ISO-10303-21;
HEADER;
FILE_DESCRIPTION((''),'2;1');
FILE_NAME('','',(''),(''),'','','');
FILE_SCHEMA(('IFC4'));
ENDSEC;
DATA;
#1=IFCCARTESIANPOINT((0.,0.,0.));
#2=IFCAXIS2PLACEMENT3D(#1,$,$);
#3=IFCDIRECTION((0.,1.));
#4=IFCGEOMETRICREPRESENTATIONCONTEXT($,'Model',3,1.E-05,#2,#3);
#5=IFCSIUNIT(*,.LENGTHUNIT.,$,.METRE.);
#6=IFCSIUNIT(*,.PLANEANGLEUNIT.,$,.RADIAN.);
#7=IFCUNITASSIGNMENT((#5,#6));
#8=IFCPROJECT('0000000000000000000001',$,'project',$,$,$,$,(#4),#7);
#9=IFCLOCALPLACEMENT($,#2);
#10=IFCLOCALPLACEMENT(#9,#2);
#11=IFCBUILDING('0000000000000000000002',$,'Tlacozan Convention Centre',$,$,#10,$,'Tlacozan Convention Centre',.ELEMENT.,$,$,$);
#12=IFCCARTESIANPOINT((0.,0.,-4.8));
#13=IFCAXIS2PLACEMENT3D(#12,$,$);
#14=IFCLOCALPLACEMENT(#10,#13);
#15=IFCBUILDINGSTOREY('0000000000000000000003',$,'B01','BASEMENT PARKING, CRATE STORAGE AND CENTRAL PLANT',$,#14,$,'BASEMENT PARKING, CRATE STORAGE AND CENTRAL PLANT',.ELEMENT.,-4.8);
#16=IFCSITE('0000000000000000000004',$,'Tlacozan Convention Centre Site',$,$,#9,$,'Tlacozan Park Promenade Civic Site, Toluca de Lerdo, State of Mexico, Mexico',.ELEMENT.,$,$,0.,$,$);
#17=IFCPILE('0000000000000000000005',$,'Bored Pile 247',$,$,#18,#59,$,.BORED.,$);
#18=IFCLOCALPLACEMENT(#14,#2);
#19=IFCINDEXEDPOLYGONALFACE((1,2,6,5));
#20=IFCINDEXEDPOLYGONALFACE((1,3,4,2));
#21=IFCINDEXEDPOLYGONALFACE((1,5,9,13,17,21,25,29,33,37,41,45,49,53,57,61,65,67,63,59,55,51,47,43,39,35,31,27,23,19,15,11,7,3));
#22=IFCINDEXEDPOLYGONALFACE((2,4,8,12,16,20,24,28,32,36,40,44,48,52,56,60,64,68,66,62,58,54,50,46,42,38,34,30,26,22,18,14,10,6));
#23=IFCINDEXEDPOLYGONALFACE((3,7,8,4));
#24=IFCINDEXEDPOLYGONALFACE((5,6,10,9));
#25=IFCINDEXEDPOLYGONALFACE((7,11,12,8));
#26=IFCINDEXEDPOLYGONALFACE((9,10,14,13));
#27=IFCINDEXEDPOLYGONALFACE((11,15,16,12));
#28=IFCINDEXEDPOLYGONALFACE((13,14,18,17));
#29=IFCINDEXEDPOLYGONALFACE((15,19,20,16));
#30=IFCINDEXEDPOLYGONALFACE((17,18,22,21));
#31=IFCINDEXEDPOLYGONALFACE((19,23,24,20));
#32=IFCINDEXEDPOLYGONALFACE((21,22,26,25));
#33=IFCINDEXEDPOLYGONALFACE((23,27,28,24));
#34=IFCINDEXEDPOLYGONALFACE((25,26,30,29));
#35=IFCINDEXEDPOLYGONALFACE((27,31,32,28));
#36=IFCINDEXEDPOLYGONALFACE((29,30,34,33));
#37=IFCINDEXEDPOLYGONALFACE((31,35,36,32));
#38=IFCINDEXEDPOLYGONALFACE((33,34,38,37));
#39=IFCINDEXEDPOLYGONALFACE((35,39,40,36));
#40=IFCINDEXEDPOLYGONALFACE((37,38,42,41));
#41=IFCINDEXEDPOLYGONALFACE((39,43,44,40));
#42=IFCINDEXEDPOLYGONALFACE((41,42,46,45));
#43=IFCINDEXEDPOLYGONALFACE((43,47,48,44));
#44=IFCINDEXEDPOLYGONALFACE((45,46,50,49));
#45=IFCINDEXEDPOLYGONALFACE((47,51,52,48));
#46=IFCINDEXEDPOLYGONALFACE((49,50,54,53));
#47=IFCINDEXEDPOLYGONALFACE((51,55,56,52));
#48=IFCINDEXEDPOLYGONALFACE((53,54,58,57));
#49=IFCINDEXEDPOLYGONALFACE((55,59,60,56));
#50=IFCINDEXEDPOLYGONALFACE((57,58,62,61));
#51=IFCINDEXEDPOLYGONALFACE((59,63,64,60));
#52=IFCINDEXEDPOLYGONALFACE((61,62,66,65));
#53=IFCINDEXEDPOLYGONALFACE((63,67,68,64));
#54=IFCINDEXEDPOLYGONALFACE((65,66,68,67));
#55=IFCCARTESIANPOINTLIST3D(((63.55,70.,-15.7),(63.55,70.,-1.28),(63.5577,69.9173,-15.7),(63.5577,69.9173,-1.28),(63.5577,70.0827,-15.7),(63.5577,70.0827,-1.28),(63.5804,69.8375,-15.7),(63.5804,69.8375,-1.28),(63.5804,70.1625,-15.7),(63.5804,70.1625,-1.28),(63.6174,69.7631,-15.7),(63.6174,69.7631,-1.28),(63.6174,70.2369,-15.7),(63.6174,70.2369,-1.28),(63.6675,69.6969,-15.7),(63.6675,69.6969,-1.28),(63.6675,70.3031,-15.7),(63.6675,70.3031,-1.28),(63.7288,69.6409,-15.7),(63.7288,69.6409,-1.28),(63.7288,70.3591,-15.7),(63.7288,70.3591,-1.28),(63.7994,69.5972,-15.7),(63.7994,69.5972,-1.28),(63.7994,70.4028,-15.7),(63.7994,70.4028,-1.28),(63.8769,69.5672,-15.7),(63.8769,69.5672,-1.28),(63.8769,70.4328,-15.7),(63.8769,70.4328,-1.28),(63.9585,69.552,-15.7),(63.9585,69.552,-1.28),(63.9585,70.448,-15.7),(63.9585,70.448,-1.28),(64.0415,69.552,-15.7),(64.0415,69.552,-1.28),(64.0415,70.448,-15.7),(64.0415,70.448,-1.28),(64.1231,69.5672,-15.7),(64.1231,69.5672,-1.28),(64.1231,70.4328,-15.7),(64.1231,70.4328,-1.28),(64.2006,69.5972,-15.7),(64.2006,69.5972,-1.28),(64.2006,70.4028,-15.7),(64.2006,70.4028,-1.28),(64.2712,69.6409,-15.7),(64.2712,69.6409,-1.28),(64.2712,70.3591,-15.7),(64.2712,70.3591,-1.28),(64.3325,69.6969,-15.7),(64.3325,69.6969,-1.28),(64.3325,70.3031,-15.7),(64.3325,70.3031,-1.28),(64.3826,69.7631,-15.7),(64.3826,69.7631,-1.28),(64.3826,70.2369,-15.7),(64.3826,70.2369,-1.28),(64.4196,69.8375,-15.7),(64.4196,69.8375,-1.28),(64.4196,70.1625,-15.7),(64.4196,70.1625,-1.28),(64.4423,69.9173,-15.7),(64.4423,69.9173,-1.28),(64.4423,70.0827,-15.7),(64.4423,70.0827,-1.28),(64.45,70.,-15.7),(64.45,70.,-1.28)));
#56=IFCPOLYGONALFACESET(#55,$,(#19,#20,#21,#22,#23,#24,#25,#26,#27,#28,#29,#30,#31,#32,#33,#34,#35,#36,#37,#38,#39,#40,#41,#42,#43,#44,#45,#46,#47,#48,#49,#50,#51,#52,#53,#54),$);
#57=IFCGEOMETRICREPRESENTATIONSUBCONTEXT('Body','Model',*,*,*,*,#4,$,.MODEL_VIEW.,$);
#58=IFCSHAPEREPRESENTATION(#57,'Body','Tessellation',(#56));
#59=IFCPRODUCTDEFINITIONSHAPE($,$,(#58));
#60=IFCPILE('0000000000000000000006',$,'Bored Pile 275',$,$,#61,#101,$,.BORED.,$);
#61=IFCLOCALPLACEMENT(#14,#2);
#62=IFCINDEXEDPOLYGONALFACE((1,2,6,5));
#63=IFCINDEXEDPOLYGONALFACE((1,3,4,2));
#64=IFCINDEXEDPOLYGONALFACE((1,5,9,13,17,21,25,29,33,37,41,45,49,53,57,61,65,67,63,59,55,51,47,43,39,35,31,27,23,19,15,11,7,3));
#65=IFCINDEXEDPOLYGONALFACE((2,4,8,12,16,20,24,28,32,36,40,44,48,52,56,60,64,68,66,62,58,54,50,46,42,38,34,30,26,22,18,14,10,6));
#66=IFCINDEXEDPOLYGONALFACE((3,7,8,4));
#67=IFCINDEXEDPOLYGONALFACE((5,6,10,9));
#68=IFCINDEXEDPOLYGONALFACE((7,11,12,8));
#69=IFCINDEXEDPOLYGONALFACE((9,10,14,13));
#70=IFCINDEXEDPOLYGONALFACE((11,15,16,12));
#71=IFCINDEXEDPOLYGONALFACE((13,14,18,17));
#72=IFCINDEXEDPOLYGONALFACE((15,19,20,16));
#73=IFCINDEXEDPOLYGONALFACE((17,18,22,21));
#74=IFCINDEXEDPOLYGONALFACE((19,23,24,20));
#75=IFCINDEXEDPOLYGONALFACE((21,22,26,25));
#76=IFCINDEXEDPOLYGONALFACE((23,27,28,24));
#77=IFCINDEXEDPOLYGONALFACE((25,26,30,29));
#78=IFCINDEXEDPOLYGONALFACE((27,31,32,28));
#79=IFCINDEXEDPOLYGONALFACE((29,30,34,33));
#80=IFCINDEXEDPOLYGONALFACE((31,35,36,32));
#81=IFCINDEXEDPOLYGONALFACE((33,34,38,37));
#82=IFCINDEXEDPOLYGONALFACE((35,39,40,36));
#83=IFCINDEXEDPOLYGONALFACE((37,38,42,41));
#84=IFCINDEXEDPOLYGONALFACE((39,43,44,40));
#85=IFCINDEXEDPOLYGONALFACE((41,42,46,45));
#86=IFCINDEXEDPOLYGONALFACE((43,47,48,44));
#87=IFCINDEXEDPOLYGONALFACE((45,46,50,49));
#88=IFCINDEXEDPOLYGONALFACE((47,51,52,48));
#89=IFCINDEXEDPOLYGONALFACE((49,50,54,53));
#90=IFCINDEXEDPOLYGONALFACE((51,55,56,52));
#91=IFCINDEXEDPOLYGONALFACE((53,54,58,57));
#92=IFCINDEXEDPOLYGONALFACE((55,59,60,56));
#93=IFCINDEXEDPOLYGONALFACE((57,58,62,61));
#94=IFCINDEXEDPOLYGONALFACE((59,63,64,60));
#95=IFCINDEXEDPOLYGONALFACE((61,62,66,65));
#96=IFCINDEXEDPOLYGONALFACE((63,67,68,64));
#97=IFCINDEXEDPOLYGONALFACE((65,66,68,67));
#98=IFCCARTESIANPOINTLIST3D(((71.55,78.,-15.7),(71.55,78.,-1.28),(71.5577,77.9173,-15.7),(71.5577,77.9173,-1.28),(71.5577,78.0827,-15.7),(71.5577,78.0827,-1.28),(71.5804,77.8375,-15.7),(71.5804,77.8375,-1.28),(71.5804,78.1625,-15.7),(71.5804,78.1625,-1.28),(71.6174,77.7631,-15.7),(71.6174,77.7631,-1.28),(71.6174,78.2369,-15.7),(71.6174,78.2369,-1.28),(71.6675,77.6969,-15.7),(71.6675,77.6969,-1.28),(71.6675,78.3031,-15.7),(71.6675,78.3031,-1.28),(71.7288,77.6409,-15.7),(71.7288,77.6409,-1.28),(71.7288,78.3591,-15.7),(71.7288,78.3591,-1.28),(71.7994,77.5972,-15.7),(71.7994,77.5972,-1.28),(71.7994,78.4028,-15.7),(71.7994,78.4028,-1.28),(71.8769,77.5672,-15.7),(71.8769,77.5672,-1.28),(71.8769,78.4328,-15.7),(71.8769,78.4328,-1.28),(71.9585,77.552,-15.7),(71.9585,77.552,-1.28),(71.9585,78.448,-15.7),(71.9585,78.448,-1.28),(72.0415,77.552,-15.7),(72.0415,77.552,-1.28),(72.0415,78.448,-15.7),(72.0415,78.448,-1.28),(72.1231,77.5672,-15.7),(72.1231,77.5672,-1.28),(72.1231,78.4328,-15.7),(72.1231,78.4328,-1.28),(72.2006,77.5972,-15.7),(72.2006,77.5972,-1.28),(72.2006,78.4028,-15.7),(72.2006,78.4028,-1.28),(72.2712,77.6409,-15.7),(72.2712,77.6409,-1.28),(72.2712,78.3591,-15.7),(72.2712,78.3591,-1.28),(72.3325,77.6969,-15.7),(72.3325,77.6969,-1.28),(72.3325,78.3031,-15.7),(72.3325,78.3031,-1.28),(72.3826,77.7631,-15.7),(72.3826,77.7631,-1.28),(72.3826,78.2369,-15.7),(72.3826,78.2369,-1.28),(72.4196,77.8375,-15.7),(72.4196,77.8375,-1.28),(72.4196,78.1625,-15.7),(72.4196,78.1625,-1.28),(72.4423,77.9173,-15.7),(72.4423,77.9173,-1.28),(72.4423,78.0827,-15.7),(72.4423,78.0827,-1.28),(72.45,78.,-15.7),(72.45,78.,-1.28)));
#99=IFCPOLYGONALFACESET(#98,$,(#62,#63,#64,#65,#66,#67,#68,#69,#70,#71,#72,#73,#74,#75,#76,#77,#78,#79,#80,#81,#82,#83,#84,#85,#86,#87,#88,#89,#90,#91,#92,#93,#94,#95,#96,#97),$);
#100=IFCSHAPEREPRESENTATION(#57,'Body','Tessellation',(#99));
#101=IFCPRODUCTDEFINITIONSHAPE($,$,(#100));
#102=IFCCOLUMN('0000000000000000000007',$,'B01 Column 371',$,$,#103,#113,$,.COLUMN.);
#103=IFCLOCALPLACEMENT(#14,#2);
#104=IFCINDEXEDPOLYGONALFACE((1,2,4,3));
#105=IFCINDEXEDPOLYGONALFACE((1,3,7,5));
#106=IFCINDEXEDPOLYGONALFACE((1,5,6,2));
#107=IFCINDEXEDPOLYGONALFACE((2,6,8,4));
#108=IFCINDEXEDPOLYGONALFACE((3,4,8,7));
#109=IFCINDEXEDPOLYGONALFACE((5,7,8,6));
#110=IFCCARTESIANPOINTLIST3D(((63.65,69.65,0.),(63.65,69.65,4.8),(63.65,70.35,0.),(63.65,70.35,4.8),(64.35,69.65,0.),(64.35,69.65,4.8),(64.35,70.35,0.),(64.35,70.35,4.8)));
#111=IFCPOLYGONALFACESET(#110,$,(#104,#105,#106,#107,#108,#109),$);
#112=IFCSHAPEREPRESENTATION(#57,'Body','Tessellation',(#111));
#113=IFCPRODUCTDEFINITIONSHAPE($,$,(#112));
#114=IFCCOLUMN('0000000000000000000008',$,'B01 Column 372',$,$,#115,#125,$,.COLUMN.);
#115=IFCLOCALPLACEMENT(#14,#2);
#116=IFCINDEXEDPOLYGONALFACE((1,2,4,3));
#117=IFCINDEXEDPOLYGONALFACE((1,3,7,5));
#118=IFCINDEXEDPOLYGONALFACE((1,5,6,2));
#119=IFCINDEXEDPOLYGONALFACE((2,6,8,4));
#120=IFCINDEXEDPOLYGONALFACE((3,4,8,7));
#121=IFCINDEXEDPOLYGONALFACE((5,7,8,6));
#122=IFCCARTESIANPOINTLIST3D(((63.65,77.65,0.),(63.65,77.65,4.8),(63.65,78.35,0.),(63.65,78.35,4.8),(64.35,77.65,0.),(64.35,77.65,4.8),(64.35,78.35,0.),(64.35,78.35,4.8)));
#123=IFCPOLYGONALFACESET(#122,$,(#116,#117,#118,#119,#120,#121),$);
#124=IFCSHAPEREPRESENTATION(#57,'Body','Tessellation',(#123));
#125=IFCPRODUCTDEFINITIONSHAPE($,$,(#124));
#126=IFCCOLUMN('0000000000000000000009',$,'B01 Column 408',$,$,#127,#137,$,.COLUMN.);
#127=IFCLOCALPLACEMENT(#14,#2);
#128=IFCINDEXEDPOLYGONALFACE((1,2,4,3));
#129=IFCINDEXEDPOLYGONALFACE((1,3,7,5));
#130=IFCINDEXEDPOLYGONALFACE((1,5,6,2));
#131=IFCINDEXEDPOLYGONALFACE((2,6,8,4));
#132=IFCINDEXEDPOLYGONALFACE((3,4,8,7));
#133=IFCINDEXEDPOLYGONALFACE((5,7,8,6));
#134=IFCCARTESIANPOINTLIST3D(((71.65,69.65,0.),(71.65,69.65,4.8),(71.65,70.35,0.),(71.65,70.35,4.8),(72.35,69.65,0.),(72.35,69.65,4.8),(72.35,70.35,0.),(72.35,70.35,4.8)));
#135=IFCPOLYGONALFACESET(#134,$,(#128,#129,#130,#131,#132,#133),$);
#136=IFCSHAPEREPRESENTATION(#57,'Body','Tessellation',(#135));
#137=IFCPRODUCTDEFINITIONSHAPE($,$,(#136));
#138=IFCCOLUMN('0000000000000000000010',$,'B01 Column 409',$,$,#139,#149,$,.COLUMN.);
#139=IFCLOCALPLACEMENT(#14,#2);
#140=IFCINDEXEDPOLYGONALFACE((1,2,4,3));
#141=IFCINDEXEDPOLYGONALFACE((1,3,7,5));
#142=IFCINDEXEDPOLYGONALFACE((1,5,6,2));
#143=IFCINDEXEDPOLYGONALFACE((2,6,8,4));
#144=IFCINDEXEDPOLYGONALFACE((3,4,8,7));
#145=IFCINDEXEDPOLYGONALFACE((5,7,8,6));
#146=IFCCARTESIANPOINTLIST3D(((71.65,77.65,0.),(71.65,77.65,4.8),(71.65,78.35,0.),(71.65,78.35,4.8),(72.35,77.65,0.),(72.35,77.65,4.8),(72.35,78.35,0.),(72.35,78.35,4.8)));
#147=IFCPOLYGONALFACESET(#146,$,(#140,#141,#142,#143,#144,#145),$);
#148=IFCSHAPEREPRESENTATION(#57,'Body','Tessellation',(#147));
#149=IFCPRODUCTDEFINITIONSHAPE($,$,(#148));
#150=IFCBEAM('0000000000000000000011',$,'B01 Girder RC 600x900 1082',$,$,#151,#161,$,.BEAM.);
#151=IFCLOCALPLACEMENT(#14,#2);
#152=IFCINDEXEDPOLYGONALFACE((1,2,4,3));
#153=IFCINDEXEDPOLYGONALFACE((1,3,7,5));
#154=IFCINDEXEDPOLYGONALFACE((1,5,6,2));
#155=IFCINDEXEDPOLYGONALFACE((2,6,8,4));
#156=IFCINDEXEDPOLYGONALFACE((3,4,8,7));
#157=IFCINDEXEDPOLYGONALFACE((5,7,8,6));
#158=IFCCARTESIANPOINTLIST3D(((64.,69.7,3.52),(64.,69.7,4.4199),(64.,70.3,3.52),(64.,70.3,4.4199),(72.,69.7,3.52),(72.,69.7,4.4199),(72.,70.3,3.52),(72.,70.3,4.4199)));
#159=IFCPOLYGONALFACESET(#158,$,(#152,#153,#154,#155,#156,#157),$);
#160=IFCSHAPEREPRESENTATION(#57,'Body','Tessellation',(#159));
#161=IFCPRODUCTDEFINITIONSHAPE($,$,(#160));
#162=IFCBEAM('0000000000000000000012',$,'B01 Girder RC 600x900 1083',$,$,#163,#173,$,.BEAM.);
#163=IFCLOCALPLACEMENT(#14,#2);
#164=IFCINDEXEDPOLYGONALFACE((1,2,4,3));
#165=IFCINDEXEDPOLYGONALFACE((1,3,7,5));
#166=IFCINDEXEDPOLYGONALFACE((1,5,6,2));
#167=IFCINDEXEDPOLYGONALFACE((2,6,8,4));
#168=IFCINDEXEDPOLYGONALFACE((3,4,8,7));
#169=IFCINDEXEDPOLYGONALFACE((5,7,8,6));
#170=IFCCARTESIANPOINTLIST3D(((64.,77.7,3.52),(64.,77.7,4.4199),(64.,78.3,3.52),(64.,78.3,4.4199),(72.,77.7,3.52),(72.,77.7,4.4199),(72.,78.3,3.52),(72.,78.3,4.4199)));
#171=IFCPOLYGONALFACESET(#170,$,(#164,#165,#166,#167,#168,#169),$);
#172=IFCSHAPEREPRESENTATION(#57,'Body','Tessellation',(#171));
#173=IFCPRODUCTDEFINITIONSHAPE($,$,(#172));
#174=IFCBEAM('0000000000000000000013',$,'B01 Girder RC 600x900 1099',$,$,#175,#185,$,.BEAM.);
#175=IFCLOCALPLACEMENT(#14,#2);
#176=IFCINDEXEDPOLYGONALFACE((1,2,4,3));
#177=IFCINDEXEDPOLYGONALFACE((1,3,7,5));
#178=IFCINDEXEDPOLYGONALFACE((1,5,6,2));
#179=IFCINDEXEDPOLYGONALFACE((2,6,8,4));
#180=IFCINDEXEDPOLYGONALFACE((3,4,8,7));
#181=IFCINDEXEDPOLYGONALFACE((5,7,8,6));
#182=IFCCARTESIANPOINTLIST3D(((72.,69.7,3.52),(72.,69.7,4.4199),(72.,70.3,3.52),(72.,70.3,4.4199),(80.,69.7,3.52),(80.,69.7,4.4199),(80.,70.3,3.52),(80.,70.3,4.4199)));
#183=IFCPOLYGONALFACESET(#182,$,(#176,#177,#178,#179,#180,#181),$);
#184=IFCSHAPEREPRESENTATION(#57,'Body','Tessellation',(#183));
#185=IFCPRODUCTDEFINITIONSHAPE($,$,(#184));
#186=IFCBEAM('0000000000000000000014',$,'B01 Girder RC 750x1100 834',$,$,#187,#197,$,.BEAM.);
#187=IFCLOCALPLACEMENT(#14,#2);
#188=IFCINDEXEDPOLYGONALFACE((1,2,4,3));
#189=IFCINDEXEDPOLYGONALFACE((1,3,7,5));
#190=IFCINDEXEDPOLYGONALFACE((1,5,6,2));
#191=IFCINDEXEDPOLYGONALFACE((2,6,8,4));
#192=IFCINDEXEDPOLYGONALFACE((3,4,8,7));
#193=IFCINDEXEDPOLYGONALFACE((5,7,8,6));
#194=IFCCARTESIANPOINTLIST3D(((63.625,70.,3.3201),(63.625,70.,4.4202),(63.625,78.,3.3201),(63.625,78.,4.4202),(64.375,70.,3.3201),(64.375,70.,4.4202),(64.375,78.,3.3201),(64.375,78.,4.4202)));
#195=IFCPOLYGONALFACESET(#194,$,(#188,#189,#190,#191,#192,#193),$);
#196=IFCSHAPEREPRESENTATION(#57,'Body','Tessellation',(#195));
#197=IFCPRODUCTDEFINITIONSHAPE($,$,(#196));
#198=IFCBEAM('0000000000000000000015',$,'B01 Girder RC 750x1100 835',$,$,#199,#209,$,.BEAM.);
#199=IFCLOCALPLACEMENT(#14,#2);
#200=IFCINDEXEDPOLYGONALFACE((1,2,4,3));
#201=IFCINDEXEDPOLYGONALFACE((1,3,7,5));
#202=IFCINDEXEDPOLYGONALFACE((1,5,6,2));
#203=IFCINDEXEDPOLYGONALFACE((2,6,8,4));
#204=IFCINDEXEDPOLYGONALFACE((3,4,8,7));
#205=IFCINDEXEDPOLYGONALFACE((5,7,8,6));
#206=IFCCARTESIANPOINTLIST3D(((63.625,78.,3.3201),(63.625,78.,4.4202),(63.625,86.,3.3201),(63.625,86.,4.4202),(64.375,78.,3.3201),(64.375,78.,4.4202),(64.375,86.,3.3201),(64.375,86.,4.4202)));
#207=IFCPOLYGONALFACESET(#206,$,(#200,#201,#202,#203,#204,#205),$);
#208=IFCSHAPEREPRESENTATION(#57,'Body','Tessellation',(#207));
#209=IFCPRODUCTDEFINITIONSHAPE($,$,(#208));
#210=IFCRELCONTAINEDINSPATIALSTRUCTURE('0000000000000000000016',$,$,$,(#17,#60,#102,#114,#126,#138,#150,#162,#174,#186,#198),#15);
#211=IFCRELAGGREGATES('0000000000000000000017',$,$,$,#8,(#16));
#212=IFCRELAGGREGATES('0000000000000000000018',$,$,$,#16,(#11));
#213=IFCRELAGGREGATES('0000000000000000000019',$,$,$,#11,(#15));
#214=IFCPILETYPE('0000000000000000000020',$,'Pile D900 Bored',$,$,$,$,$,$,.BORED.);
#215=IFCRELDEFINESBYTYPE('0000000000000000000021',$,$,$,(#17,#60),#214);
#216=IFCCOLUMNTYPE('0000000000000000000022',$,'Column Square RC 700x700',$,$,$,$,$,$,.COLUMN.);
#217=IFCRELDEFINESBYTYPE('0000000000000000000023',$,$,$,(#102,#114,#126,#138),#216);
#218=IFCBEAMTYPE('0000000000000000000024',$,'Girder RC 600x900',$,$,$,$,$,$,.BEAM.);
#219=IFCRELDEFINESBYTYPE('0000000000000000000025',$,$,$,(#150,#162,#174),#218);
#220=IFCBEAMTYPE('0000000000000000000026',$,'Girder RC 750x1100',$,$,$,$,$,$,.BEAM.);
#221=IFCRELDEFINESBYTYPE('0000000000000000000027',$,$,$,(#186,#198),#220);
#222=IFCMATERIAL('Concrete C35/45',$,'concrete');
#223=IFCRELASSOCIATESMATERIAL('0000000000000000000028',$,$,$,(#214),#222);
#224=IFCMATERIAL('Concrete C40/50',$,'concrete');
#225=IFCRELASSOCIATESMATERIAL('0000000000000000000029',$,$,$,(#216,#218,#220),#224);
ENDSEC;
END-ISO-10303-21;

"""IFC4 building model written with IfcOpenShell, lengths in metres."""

from ifc_helpers import new_model, si_unit, direction, frame, origin, origin_2d, place, context, subcontext, project, spatial, rectangle, circle, extrude, material, material_profile, profile_set, type_object, element, save


model = new_model("IFC4")

# Units and contexts
model_context = context("Model", 3, precision=1e-05, world=origin(), true_north=direction((0.0, 1.0)))
body_context = subcontext(model_context, "Body", "Model", "MODEL_VIEW")
ifc_project = project(units=[si_unit("LENGTHUNIT", "METRE"), si_unit("PLANEANGLEUNIT", "RADIAN")], contexts=[model_context])

# Site, building, storey
site_placement = place(None, origin())
site = spatial("IfcSite", under=ifc_project, at=site_placement, Name="Tlacozan Convention Centre Site", LongName="Tlacozan Park Promenade Civic Site, Toluca de Lerdo, State of Mexico, Mexico", CompositionType="ELEMENT", RefElevation=0.0)
building_placement = place(site_placement, origin())
building = spatial("IfcBuilding", under=site, at=building_placement, Name="Tlacozan Convention Centre", LongName="Tlacozan Convention Centre", CompositionType="ELEMENT")
storey_placement = place(building_placement, frame((0.0, 0.0, -4.8)))
storey = spatial("IfcBuildingStorey", under=building, at=storey_placement, Name="B01", Description="BASEMENT PARKING, CRATE STORAGE AND CENTRAL PLANT", LongName="BASEMENT PARKING, CRATE STORAGE AND CENTRAL PLANT", CompositionType="ELEMENT", Elevation=-4.8)

# Shared definitions
ifc_material_1 = material(Name="Concrete C35/45", Category="concrete")

# Piles
ifc_material_profile_1 = material_profile(ifc_material_1, circle(Radius=0.45, at=origin_2d()), Name="PILE D900")
ifc_profile_set_1 = profile_set([ifc_material_profile_1], Name="Concrete C35/45")
pile_type_1 = type_object("IfcPileType", Name="Pile D900 Bored", PredefinedType="BORED", material=ifc_profile_set_1)
for number, where, z_axis, x_axis, name in (
    (1, (64.0, 70.0, -1.28), (0.0, 0.0, -1.0), (1.0, 0.0, 0.0), "Bored Pile 247"),
    (2, (72.0, 78.0, -1.28), (0.0, 0.0, -1.0), (1.0, 0.0, 0.0), "Bored Pile 275"),
):
    element("IfcPile", number, at=place(storey_placement, frame(where, z_axis=z_axis, x_axis=x_axis)), inside=storey, type_object=pile_type_1, Name=name, PredefinedType="BORED", context=body_context, shape_type="SweptSolid", body=[
        extrude(circle(Radius=0.45, at=origin_2d()), origin(), (0.0, 0.0, 1.0), 14.4199),
    ])

# Columns
ifc_material_2 = material(Name="Concrete C40/50", Category="concrete")
ifc_material_profile_2 = material_profile(ifc_material_2, rectangle(XDim=0.7, YDim=0.7, at=origin_2d()), Name="RC 700x700")
ifc_profile_set_2 = profile_set([ifc_material_profile_2], Name="Concrete C40/50")
column_type = type_object("IfcColumnType", Name="Column Square RC 700x700", PredefinedType="COLUMN", material=ifc_profile_set_2)
for number, where, z_axis, x_axis, name in (
    (3, (64.0, 70.0, 0.0), (0.0, 0.0, 1.0), (1.0, 0.0, 0.0), "B01 Column 371"),
    (4, (64.0, 78.0, 0.0), (0.0, 0.0, 1.0), (1.0, 0.0, 0.0), "B01 Column 372"),
    (5, (72.0, 70.0, 0.0), (0.0, 0.0, 1.0), (1.0, 0.0, 0.0), "B01 Column 408"),
    (6, (72.0, 78.0, 0.0), (0.0, 0.0, 1.0), (1.0, 0.0, 0.0), "B01 Column 409"),
):
    element("IfcColumn", number, at=place(storey_placement, frame(where, z_axis=z_axis, x_axis=x_axis)), inside=storey, type_object=column_type, Name=name, PredefinedType="COLUMN", context=body_context, shape_type="SweptSolid", body=[
        extrude(rectangle(XDim=0.7, YDim=0.7, at=origin_2d()), origin(), (0.0, 0.0, 1.0), 4.8),
    ])

# Beams
ifc_material_profile_3 = material_profile(ifc_material_2, rectangle(XDim=0.6001, YDim=0.8999, at=origin_2d()), Name="RC 600x900")
ifc_profile_set_3 = profile_set([ifc_material_profile_3], Name="Concrete C40/50")
beam_type_1 = type_object("IfcBeamType", Name="Girder RC 600x900", PredefinedType="BEAM", material=ifc_profile_set_3)
for number, where, z_axis, x_axis, name in (
    (7, (64.0, 70.0, 3.97), (1.0, 0.0, 0.0), (0.0, 1.0, 0.0), "B01 Girder RC 600x900 1082"),
    (8, (64.0, 78.0, 3.97), (1.0, 0.0, 0.0), (0.0, 1.0, 0.0), "B01 Girder RC 600x900 1083"),
    (9, (72.0, 70.0, 3.97), (1.0, 0.0, 0.0), (0.0, 1.0, 0.0), "B01 Girder RC 600x900 1099"),
):
    element("IfcBeam", number, at=place(storey_placement, frame(where, z_axis=z_axis, x_axis=x_axis)), inside=storey, type_object=beam_type_1, Name=name, PredefinedType="BEAM", context=body_context, shape_type="SweptSolid", body=[
        extrude(rectangle(XDim=0.6001, YDim=0.8999, at=origin_2d()), origin(), (0.0, 0.0, 1.0), 8.0),
    ])
ifc_material_profile_4 = material_profile(ifc_material_2, rectangle(XDim=0.75, YDim=1.1001, at=origin_2d()), Name="RC 750x1100")
ifc_profile_set_4 = profile_set([ifc_material_profile_4], Name="Concrete C40/50")
beam_type_2 = type_object("IfcBeamType", Name="Girder RC 750x1100", PredefinedType="BEAM", material=ifc_profile_set_4)
for number, where, z_axis, x_axis, name in (
    (10, (64.0, 70.0, 3.8701), (0.0, 1.0, 0.0), (-1.0, 0.0, 0.0), "B01 Girder RC 750x1100 834"),
    (11, (64.0, 78.0, 3.8701), (0.0, 1.0, 0.0), (-1.0, 0.0, 0.0), "B01 Girder RC 750x1100 835"),
):
    element("IfcBeam", number, at=place(storey_placement, frame(where, z_axis=z_axis, x_axis=x_axis)), inside=storey, type_object=beam_type_2, Name=name, PredefinedType="BEAM", context=body_context, shape_type="SweptSolid", body=[
        extrude(rectangle(XDim=0.75, YDim=1.1001, at=origin_2d()), origin(), (0.0, 0.0, 1.0), 8.0),
    ])

save(model, "model.ifc")
